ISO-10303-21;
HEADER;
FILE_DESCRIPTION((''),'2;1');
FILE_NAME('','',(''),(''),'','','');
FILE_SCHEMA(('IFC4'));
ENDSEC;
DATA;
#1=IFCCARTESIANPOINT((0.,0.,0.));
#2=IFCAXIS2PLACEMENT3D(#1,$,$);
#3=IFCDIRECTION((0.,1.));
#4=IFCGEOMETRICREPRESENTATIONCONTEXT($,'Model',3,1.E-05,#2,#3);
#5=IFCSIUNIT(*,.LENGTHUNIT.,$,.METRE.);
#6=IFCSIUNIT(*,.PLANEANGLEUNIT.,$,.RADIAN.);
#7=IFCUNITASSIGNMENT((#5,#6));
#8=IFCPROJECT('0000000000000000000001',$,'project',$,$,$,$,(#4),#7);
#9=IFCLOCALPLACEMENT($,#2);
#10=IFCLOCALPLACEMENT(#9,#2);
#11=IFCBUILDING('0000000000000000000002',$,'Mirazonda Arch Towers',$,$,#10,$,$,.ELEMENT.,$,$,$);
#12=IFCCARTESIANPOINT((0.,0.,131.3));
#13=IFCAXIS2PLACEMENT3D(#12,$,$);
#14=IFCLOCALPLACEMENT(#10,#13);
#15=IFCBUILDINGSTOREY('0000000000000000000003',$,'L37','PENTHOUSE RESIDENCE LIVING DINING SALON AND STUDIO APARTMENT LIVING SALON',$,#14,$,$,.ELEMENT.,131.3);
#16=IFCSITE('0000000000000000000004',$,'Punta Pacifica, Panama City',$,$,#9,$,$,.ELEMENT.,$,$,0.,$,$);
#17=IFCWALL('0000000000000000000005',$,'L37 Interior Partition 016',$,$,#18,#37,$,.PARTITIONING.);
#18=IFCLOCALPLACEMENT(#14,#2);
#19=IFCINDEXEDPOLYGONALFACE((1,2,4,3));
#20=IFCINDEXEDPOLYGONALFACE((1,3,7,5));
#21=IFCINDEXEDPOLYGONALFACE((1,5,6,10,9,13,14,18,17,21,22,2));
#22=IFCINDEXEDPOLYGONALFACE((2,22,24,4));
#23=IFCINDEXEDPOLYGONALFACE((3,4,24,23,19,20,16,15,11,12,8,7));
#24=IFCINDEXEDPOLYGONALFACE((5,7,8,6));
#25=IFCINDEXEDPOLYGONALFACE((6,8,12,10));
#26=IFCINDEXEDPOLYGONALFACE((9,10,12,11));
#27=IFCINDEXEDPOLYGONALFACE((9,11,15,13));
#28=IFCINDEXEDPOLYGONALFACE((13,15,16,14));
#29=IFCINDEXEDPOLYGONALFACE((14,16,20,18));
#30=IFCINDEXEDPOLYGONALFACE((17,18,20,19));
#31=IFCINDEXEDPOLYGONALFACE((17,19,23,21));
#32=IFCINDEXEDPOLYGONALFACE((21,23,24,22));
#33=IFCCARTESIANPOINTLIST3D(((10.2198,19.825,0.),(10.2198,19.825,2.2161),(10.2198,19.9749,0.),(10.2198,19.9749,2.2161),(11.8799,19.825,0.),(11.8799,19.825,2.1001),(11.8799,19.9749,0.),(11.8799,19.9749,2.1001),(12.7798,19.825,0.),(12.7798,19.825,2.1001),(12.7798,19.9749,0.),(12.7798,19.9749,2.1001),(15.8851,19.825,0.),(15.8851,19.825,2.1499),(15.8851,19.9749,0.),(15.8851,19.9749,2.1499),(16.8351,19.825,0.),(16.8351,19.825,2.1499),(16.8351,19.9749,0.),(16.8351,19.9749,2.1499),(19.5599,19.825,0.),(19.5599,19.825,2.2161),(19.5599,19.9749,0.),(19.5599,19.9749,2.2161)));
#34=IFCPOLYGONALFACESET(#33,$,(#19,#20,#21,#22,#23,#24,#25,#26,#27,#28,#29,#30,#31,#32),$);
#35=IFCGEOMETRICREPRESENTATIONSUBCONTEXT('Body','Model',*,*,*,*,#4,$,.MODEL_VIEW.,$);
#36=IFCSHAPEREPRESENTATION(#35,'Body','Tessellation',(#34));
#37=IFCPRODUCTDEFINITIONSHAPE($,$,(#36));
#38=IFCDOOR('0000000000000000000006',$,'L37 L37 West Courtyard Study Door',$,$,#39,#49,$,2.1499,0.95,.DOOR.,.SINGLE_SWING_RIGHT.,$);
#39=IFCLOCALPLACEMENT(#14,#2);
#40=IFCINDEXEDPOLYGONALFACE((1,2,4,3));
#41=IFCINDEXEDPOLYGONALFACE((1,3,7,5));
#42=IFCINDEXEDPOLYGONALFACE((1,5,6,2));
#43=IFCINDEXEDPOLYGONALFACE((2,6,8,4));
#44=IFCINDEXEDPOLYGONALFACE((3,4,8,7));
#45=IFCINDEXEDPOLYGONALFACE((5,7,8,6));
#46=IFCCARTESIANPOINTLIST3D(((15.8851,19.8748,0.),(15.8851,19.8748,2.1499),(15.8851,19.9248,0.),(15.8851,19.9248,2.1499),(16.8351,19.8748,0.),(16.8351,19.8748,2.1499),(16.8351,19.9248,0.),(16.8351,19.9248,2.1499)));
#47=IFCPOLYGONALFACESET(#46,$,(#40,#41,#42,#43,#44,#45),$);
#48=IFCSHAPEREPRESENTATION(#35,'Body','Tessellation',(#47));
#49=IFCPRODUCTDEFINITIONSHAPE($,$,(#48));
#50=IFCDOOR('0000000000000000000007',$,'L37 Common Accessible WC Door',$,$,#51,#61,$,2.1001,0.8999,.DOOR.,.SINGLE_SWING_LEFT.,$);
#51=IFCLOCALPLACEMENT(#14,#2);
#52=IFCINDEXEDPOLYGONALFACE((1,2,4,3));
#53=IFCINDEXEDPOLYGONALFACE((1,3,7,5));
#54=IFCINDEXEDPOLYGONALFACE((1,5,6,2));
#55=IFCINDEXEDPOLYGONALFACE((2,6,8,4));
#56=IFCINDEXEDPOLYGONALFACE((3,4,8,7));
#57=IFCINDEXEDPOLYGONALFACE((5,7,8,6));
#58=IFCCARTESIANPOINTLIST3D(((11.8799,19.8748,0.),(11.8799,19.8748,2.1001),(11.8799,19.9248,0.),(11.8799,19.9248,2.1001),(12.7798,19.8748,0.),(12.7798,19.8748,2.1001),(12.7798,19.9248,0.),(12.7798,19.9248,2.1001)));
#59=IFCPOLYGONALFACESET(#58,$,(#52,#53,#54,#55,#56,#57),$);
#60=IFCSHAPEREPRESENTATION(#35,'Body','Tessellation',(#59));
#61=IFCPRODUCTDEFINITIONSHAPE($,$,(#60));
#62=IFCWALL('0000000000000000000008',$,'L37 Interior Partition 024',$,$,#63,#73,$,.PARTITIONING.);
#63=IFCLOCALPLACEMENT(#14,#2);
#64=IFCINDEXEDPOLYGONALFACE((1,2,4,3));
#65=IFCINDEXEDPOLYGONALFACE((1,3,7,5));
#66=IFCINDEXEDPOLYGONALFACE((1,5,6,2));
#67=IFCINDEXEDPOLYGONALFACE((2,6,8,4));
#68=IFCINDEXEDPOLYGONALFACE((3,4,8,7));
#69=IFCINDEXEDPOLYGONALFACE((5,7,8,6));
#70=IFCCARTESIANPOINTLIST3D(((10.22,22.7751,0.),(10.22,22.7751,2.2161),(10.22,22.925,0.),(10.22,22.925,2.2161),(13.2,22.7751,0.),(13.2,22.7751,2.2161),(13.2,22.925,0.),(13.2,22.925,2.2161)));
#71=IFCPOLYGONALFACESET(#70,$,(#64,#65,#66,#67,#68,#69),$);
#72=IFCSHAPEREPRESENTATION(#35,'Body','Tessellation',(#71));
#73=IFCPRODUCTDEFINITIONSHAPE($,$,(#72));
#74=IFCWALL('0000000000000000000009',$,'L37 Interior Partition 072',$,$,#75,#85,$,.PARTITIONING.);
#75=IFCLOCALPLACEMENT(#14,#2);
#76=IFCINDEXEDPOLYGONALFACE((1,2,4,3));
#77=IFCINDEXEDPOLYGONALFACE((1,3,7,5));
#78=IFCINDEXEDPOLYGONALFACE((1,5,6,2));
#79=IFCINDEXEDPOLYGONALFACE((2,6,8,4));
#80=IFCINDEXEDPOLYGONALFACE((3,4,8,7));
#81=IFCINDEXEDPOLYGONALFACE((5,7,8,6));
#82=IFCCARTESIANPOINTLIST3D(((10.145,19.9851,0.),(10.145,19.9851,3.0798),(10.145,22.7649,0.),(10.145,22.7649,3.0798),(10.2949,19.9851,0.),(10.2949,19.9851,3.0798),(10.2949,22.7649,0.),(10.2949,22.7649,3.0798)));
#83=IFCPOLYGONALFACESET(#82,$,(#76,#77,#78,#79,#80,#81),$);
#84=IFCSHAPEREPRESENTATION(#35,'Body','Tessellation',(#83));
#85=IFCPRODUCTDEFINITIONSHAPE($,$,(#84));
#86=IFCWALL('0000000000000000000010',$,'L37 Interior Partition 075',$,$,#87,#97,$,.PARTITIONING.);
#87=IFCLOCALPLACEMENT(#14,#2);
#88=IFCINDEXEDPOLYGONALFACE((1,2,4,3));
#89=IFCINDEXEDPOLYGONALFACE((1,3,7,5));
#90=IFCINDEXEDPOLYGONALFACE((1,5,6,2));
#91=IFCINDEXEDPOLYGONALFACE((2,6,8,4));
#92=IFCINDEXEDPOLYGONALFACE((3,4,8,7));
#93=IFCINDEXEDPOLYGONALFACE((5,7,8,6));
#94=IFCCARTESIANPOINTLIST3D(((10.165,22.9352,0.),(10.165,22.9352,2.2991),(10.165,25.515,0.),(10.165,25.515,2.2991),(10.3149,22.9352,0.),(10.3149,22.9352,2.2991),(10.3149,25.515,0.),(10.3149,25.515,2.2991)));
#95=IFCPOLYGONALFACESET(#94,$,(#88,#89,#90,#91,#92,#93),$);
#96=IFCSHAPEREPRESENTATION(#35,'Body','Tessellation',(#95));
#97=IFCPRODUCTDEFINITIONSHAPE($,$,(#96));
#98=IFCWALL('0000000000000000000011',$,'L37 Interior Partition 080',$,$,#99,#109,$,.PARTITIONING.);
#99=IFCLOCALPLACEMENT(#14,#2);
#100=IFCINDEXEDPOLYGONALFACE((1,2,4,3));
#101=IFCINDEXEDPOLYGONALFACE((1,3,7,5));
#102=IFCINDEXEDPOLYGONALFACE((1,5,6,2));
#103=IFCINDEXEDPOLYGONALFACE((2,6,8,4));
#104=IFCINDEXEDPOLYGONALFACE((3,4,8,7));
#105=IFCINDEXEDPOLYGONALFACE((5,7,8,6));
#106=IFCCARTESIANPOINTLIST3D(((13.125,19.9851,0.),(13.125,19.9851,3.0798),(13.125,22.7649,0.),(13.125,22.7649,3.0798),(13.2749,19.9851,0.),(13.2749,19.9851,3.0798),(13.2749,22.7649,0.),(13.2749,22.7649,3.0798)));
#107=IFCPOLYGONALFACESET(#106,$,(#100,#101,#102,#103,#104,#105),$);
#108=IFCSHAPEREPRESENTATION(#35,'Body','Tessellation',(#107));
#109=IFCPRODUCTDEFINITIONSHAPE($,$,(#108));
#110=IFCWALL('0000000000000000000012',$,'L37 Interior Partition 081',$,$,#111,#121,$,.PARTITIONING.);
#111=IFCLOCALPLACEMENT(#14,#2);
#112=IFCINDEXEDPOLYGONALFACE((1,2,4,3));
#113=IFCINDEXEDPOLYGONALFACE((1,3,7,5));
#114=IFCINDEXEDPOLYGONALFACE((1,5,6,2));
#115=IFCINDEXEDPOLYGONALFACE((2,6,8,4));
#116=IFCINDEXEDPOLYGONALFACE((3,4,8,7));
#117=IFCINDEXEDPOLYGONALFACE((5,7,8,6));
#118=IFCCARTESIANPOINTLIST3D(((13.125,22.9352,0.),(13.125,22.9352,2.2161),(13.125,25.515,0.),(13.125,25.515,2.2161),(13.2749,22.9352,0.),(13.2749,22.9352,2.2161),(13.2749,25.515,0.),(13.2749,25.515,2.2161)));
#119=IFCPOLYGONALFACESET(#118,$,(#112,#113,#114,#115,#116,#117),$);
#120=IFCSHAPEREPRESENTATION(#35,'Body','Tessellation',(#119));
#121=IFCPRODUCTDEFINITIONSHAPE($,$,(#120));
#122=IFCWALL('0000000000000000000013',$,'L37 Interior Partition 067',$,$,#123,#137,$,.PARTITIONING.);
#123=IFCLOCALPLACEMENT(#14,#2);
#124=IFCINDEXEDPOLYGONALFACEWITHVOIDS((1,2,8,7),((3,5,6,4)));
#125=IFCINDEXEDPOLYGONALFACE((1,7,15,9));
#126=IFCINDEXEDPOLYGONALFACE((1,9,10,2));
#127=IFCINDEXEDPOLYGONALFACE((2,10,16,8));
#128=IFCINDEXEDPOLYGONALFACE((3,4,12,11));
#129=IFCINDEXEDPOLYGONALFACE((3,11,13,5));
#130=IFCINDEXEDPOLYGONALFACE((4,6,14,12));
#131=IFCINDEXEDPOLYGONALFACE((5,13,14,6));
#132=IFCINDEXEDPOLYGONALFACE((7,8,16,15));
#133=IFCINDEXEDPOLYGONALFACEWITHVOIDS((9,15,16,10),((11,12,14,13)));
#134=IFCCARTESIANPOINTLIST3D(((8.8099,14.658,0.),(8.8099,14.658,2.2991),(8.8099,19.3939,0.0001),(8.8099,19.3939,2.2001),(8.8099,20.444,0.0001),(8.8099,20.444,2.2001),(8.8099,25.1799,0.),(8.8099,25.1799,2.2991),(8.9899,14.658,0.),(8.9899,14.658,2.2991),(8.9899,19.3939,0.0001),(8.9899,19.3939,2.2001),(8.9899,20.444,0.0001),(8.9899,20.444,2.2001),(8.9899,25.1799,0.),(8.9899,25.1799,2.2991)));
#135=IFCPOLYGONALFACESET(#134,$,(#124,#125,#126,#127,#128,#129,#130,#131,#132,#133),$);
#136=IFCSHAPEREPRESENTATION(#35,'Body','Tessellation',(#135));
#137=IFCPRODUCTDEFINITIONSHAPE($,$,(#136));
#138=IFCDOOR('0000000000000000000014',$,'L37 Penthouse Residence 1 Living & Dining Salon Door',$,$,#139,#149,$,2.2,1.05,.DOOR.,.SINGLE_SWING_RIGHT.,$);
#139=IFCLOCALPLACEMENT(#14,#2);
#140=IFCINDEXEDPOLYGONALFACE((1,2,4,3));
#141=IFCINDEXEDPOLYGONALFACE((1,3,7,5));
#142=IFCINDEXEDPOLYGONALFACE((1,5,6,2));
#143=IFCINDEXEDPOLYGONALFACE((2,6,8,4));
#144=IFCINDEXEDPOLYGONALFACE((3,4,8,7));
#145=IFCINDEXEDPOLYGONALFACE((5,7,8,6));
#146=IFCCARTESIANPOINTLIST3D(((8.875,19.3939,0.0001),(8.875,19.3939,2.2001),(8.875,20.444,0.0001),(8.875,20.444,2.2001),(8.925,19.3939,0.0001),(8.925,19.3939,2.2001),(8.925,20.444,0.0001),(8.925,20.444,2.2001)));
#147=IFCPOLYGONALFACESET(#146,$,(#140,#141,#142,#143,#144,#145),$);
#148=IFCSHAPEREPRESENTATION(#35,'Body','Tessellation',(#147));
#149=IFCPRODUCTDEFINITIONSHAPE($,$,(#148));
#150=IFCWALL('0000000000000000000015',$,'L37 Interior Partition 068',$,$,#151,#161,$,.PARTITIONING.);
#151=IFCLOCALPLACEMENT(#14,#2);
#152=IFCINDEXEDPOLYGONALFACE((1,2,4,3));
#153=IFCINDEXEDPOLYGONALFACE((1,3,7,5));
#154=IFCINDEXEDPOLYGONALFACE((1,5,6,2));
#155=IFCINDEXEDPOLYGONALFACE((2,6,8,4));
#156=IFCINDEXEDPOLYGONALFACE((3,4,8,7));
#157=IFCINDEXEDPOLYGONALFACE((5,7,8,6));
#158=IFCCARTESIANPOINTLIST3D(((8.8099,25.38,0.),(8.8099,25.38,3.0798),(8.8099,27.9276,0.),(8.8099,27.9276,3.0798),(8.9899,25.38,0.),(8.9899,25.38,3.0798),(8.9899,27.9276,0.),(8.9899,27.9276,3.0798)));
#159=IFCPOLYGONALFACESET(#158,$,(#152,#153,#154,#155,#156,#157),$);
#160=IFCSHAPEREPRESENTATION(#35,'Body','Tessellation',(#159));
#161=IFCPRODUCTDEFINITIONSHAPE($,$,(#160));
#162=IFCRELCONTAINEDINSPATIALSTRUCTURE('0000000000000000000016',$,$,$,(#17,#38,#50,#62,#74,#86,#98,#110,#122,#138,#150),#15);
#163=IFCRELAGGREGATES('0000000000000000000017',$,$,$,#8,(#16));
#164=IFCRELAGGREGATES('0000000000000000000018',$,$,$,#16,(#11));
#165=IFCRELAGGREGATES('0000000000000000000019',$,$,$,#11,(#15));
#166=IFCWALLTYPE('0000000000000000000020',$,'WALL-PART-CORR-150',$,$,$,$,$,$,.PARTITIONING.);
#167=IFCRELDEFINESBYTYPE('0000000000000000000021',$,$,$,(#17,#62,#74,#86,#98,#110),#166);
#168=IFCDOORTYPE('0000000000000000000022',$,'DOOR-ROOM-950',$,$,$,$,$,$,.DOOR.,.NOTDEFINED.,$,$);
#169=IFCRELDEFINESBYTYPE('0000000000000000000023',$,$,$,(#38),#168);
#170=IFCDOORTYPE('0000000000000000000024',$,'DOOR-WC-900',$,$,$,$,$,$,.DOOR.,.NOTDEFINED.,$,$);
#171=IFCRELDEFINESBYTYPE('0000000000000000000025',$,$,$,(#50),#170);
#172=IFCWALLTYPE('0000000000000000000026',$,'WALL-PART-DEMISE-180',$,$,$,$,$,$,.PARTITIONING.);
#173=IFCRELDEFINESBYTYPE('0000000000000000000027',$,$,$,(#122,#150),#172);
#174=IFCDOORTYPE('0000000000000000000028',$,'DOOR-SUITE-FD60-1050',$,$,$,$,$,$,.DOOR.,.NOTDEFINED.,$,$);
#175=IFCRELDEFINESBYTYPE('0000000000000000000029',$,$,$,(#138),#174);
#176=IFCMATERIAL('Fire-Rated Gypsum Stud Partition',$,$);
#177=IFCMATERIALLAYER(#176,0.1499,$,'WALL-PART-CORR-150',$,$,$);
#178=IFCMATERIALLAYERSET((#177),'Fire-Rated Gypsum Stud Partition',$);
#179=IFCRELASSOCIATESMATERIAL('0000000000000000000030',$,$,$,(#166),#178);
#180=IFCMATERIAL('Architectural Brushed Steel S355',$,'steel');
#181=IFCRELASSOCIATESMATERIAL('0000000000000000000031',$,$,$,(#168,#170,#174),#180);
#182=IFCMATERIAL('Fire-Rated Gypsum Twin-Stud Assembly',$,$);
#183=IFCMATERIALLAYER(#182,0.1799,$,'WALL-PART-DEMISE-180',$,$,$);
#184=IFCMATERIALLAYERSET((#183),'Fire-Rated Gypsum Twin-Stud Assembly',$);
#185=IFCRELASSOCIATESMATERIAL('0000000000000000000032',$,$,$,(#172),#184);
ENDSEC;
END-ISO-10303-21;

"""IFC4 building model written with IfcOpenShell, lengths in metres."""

from ifc_helpers import new_model, si_unit, direction, frame, frame_2d, origin, place, context, subcontext, project, spatial, rectangle, extrude, material, layer, layer_set, type_object, element, fill, save


model = new_model("IFC4")

# Units and contexts
model_context = context("Model", 3, precision=1e-05, world=origin(), true_north=direction((0.0, 1.0)))
body_context = subcontext(model_context, "Body", "Model", "MODEL_VIEW")
ifc_project = project(units=[si_unit("LENGTHUNIT", "METRE"), si_unit("PLANEANGLEUNIT", "RADIAN")], contexts=[model_context])

# Site, building, storey
site_placement = place(None, origin())
site = spatial("IfcSite", under=ifc_project, at=site_placement, Name="Punta Pacifica, Panama City", CompositionType="ELEMENT", RefElevation=0.0)
building_placement = place(site_placement, origin())
building = spatial("IfcBuilding", under=site, at=building_placement, Name="Mirazonda Arch Towers", CompositionType="ELEMENT")
storey_placement = place(building_placement, frame((0.0, 0.0, 131.3)))
storey = spatial("IfcBuildingStorey", under=building, at=storey_placement, Name="L37", Description="PENTHOUSE RESIDENCE LIVING DINING SALON AND STUDIO APARTMENT LIVING SALON", CompositionType="ELEMENT", Elevation=131.3)

# Shared definitions
ifc_material_1 = material(Name="Architectural Brushed Steel S355", Category="steel")

# Shared definitions
ifc_material_2 = material(Name="Fire-Rated Gypsum Stud Partition")
ifc_layer_1 = layer(ifc_material_2, 0.1499, Name="WALL-PART-CORR-150")
ifc_layer_set_1 = layer_set([ifc_layer_1], Name="Fire-Rated Gypsum Stud Partition")
wall_type_1 = type_object("IfcWallType", Name="WALL-PART-CORR-150", PredefinedType="PARTITIONING", material=ifc_layer_set_1)

# Wall, openings, doors
wall_1_placement = place(storey_placement, frame((10.22, 19.8999, 0.0), z_axis=(0.0, 0.0, 1.0), x_axis=(1.0, 0.0, 0.0)))
wall_1 = element("IfcWall", 1, at=wall_1_placement, inside=storey, type_object=wall_type_1, Name="L37 Interior Partition 016", PredefinedType="PARTITIONING", context=body_context, shape_type="SweptSolid", body=[
    extrude(rectangle(XDim=9.3401, YDim=0.1499, at=frame_2d((4.6699, 0.0))), origin(), (0.0, 0.0, 1.0), 2.2161),
])
opening_1_placement = place(wall_1_placement, frame((1.6599, 0.0, 0.0)))
opening_1 = element("IfcOpeningElement", 2, at=opening_1_placement, cuts=wall_1, PredefinedType="OPENING", context=body_context, shape_type="SweptSolid", body=[
    extrude(rectangle(XDim=0.8999, YDim=2.1001, at=frame_2d((0.45, 1.05))), frame((0.0, 0.085, 0.0), z_axis=(0.0, -1.0, 0.0), x_axis=(1.0, 0.0, 0.0)), (0.0, 0.0, 1.0), 0.1699),
])
opening_2_placement = place(wall_1_placement, frame((5.665, 0.0, 0.0)))
opening_2 = element("IfcOpeningElement", 3, at=opening_2_placement, cuts=wall_1, PredefinedType="OPENING", context=body_context, shape_type="SweptSolid", body=[
    extrude(rectangle(XDim=0.95, YDim=2.1499, at=frame_2d((0.4751, 1.075))), frame((0.0, 0.085, 0.0), z_axis=(0.0, -1.0, 0.0), x_axis=(1.0, 0.0, 0.0)), (0.0, 0.0, 1.0), 0.1699),
])
door_type_1 = type_object("IfcDoorType", Name="DOOR-ROOM-950", OperationType="NOTDEFINED", PredefinedType="DOOR", material=ifc_material_1)
door_1_placement = place(opening_2_placement, origin())
door_1 = element("IfcDoor", 4, at=door_1_placement, inside=storey, type_object=door_type_1, Name="L37 L37 West Courtyard Study Door", OperationType="SINGLE_SWING_RIGHT", OverallHeight=2.1499, OverallWidth=0.95, PredefinedType="DOOR", context=body_context, shape_type="SweptSolid", body=[
    extrude(rectangle(XDim=0.95, YDim=2.1499, at=frame_2d((0.4751, 1.075))), frame((0.0, 0.0249, 0.0), z_axis=(0.0, -1.0, 0.0), x_axis=(1.0, 0.0, 0.0)), (0.0, 0.0, 1.0), 0.05),
])
fill(opening_2, door_1)
door_type_2 = type_object("IfcDoorType", Name="DOOR-WC-900", OperationType="NOTDEFINED", PredefinedType="DOOR", material=ifc_material_1)
door_2_placement = place(opening_1_placement, origin())
door_2 = element("IfcDoor", 5, at=door_2_placement, inside=storey, type_object=door_type_2, Name="L37 Common Accessible WC Door", OperationType="SINGLE_SWING_LEFT", OverallHeight=2.1001, OverallWidth=0.8999, PredefinedType="DOOR", context=body_context, shape_type="SweptSolid", body=[
    extrude(rectangle(XDim=0.8999, YDim=2.1001, at=frame_2d((0.45, 1.05))), frame((0.0, 0.0249, 0.0), z_axis=(0.0, -1.0, 0.0), x_axis=(1.0, 0.0, 0.0)), (0.0, 0.0, 1.0), 0.05),
])
fill(opening_1, door_2)

# Walls
wall_2_placement = place(storey_placement, frame((10.22, 22.8501, 0.0), z_axis=(0.0, 0.0, 1.0), x_axis=(1.0, 0.0, 0.0)))
element("IfcWall", 6, at=wall_2_placement, inside=storey, type_object=wall_type_1, Name="L37 Interior Partition 024", PredefinedType="PARTITIONING", context=body_context, shape_type="SweptSolid", body=[
    extrude(rectangle(XDim=2.98, YDim=0.1499, at=frame_2d((1.49, 0.0))), origin(), (0.0, 0.0, 1.0), 2.2161),
])
wall_3_placement = place(storey_placement, frame((10.22, 19.9851, 0.0), z_axis=(0.0, 0.0, 1.0), x_axis=(0.0, 1.0, 0.0)))
element("IfcWall", 7, at=wall_3_placement, inside=storey, type_object=wall_type_1, Name="L37 Interior Partition 072", PredefinedType="PARTITIONING", context=body_context, shape_type="SweptSolid", body=[
    extrude(rectangle(XDim=2.7798, YDim=0.1499, at=frame_2d((1.3899, 0.0))), origin(), (0.0, 0.0, 1.0), 3.0798),
])
wall_4_placement = place(storey_placement, frame((10.24, 22.9351, 0.0), z_axis=(0.0, 0.0, 1.0), x_axis=(0.0, 1.0, 0.0)))
element("IfcWall", 8, at=wall_4_placement, inside=storey, type_object=wall_type_1, Name="L37 Interior Partition 075", PredefinedType="PARTITIONING", context=body_context, shape_type="SweptSolid", body=[
    extrude(rectangle(XDim=2.5798, YDim=0.1499, at=frame_2d((1.29, 0.0))), origin(), (0.0, 0.0, 1.0), 2.2991),
])
wall_5_placement = place(storey_placement, frame((13.2, 19.9851, 0.0), z_axis=(0.0, 0.0, 1.0), x_axis=(0.0, 1.0, 0.0)))
element("IfcWall", 9, at=wall_5_placement, inside=storey, type_object=wall_type_1, Name="L37 Interior Partition 080", PredefinedType="PARTITIONING", context=body_context, shape_type="SweptSolid", body=[
    extrude(rectangle(XDim=2.7798, YDim=0.1499, at=frame_2d((1.3899, 0.0))), origin(), (0.0, 0.0, 1.0), 3.0798),
])
wall_6_placement = place(storey_placement, frame((13.2, 22.9351, 0.0), z_axis=(0.0, 0.0, 1.0), x_axis=(0.0, 1.0, 0.0)))
element("IfcWall", 10, at=wall_6_placement, inside=storey, type_object=wall_type_1, Name="L37 Interior Partition 081", PredefinedType="PARTITIONING", context=body_context, shape_type="SweptSolid", body=[
    extrude(rectangle(XDim=2.5798, YDim=0.1499, at=frame_2d((1.29, 0.0))), origin(), (0.0, 0.0, 1.0), 2.2161),
])

# Wall, opening, door
ifc_material_3 = material(Name="Fire-Rated Gypsum Twin-Stud Assembly")
ifc_layer_2 = layer(ifc_material_3, 0.1799, Name="WALL-PART-DEMISE-180")
ifc_layer_set_2 = layer_set([ifc_layer_2], Name="Fire-Rated Gypsum Twin-Stud Assembly")
wall_type_2 = type_object("IfcWallType", Name="WALL-PART-DEMISE-180", PredefinedType="PARTITIONING", material=ifc_layer_set_2)
wall_7_placement = place(storey_placement, frame((8.8999, 14.658, 0.0), z_axis=(0.0, 0.0, 1.0), x_axis=(0.0, 1.0, 0.0)))
wall_7 = element("IfcWall", 11, at=wall_7_placement, inside=storey, type_object=wall_type_2, Name="L37 Interior Partition 067", PredefinedType="PARTITIONING", context=body_context, shape_type="SweptSolid", body=[
    extrude(rectangle(XDim=10.522, YDim=0.1799, at=frame_2d((5.261, 0.0))), origin(), (0.0, 0.0, 1.0), 2.2991),
])
opening_3_placement = place(wall_7_placement, frame((4.7361, 0.0, 0.0)))
opening_3 = element("IfcOpeningElement", 12, at=opening_3_placement, cuts=wall_7, PredefinedType="OPENING", context=body_context, shape_type="SweptSolid", body=[
    extrude(rectangle(XDim=1.05, YDim=2.2, at=frame_2d((0.5249, 1.1001))), frame((0.0, 0.0999, 0.0), z_axis=(0.0, -1.0, 0.0), x_axis=(1.0, 0.0, 0.0)), (0.0, 0.0, 1.0), 0.2),
])
door_type_3 = type_object("IfcDoorType", Name="DOOR-SUITE-FD60-1050", OperationType="NOTDEFINED", PredefinedType="DOOR", material=ifc_material_1)
door_3_placement = place(opening_3_placement, origin())
door_3 = element("IfcDoor", 13, at=door_3_placement, inside=storey, type_object=door_type_3, Name="L37 Penthouse Residence 1 Living & Dining Salon Door", OperationType="SINGLE_SWING_RIGHT", OverallHeight=2.2, OverallWidth=1.05, PredefinedType="DOOR", context=body_context, shape_type="SweptSolid", body=[
    extrude(rectangle(XDim=1.05, YDim=2.2, at=frame_2d((0.5249, 1.1001))), frame((0.0, 0.0249, 0.0), z_axis=(0.0, -1.0, 0.0), x_axis=(1.0, 0.0, 0.0)), (0.0, 0.0, 1.0), 0.05),
])
fill(opening_3, door_3)

# Wall
wall_8_placement = place(storey_placement, frame((8.8999, 25.3799, 0.0), z_axis=(0.0, 0.0, 1.0), x_axis=(0.0, 1.0, 0.0)))
element("IfcWall", 14, at=wall_8_placement, inside=storey, type_object=wall_type_2, Name="L37 Interior Partition 068", PredefinedType="PARTITIONING", context=body_context, shape_type="SweptSolid", body=[
    extrude(rectangle(XDim=2.5476, YDim=0.1799, at=frame_2d((1.2739, 0.0))), origin(), (0.0, 0.0, 1.0), 3.0798),
])

save(model, "model.ifc")
